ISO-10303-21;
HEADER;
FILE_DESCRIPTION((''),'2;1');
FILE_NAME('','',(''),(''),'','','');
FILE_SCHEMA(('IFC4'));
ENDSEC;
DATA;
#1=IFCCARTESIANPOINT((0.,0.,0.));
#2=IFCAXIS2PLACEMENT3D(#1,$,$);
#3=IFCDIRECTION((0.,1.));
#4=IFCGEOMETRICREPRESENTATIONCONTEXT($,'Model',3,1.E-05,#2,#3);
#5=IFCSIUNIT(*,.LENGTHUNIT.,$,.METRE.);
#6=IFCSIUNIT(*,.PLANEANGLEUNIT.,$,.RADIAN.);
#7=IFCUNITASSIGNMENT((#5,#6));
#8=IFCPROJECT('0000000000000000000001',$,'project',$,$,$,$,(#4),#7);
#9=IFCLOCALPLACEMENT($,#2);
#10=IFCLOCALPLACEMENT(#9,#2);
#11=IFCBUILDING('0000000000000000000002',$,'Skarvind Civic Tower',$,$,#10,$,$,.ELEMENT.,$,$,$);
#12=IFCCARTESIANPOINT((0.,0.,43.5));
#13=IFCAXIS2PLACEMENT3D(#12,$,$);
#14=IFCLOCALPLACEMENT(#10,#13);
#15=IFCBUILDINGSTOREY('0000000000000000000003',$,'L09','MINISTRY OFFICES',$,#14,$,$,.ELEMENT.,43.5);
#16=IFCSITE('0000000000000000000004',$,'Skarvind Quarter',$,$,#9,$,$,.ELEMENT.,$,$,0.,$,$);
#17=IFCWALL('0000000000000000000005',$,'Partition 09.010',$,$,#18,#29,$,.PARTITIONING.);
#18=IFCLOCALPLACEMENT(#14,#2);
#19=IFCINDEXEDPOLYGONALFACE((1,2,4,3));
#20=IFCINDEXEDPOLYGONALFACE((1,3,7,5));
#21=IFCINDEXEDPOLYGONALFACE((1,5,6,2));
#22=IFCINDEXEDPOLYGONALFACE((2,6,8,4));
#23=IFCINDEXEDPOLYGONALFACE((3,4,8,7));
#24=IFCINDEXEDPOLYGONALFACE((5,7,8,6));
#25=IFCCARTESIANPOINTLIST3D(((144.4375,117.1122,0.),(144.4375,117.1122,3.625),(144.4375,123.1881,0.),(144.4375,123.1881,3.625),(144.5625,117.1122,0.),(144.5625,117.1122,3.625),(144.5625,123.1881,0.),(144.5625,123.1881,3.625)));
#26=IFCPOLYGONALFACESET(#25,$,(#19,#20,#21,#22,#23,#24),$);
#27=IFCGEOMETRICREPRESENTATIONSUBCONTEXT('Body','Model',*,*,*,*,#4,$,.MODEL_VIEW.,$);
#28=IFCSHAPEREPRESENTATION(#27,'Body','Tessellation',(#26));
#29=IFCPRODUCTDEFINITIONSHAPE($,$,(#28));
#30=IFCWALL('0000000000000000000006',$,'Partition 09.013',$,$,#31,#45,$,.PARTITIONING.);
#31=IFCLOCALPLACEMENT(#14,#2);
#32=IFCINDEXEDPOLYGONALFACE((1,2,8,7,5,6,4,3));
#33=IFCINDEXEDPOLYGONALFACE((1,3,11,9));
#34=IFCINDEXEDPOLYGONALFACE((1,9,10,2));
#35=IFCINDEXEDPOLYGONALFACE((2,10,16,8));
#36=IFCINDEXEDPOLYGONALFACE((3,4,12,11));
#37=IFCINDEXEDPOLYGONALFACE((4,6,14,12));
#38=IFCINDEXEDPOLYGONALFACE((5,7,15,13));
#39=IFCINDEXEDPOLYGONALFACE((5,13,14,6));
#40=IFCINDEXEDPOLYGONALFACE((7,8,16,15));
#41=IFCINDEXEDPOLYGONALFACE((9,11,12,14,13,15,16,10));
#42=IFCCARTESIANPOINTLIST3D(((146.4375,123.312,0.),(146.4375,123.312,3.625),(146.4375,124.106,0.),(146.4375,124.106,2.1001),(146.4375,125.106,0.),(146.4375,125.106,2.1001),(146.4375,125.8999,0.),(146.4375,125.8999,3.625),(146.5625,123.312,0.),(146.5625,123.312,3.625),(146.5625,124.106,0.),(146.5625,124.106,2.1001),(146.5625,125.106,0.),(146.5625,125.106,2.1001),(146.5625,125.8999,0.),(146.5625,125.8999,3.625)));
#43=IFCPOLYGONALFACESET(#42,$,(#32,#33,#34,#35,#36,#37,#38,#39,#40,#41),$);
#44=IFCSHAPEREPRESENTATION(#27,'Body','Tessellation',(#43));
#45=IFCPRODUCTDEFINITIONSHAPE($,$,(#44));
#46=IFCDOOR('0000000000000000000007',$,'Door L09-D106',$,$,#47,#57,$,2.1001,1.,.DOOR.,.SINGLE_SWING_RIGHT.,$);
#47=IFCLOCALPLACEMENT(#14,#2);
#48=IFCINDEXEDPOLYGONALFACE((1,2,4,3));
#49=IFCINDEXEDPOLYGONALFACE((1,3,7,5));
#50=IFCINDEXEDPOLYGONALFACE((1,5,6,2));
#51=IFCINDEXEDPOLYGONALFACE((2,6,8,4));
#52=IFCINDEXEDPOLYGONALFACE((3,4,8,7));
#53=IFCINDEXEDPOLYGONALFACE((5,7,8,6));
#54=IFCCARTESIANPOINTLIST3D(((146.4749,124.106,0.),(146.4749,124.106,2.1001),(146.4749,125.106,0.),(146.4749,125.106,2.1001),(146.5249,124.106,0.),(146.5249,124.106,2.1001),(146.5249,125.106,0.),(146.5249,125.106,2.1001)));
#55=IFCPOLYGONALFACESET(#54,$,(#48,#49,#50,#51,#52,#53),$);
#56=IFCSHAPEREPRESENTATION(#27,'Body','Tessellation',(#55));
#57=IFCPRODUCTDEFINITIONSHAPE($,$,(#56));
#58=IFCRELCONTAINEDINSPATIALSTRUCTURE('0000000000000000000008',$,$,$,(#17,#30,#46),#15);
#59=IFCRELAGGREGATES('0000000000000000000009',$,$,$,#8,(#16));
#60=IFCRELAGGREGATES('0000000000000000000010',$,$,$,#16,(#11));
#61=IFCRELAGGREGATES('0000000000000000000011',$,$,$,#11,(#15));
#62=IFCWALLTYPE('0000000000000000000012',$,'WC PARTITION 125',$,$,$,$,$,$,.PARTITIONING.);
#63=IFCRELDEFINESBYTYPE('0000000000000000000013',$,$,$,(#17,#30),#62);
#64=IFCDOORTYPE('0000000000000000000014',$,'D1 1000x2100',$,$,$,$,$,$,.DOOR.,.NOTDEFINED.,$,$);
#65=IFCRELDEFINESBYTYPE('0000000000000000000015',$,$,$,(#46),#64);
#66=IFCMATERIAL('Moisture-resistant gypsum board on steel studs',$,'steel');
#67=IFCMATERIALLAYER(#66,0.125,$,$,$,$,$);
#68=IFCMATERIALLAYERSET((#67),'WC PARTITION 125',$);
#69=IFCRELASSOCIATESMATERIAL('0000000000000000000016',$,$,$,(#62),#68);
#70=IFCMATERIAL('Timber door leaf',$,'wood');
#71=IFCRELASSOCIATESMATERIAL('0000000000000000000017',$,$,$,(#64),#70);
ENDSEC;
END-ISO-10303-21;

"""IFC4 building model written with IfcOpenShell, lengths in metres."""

from ifc_helpers import new_model, si_unit, direction, frame, frame_2d, origin, place, context, subcontext, project, spatial, rectangle, extrude, material, layer, layer_set, type_object, element, fill, save


model = new_model("IFC4")

# Units and contexts
model_context = context("Model", 3, precision=1e-05, world=origin(), true_north=direction((0.0, 1.0)))
body_context = subcontext(model_context, "Body", "Model", "MODEL_VIEW")
ifc_project = project(units=[si_unit("LENGTHUNIT", "METRE"), si_unit("PLANEANGLEUNIT", "RADIAN")], contexts=[model_context])

# Site, building, storey
site_placement = place(None, origin())
site = spatial("IfcSite", under=ifc_project, at=site_placement, Name="Skarvind Quarter", CompositionType="ELEMENT", RefElevation=0.0)
building_placement = place(site_placement, origin())
building = spatial("IfcBuilding", under=site, at=building_placement, Name="Skarvind Civic Tower", CompositionType="ELEMENT")
storey_placement = place(building_placement, frame((0.0, 0.0, 43.5)))
storey = spatial("IfcBuildingStorey", under=building, at=storey_placement, Name="L09", Description="MINISTRY OFFICES", CompositionType="ELEMENT", Elevation=43.5)

# Shared definitions
ifc_material_1 = material(Name="Moisture-resistant gypsum board on steel studs", Category="steel")
ifc_layer_1 = layer(ifc_material_1, 0.125)
ifc_layer_set_1 = layer_set([ifc_layer_1], Name="WC PARTITION 125")
wall_type_1 = type_object("IfcWallType", Name="WC PARTITION 125", PredefinedType="PARTITIONING", material=ifc_layer_set_1)

# Shared definitions
ifc_material_2 = material(Name="Timber door leaf", Category="wood")

# Wall
wall_1_placement = place(storey_placement, frame((144.5, 117.1121, 0.0), z_axis=(0.0, 0.0, 1.0), x_axis=(0.0, 1.0, 0.0)))
element("IfcWall", 1, at=wall_1_placement, inside=storey, type_object=wall_type_1, Name="Partition 09.010", PredefinedType="PARTITIONING", context=body_context, shape_type="SweptSolid", body=[
    extrude(rectangle(XDim=6.0759, YDim=0.125, at=frame_2d((3.0381, 0.0))), origin(), (0.0, 0.0, 1.0), 3.625),
])

# Wall, opening, door
wall_2_placement = place(storey_placement, frame((146.5, 125.8999, 0.0), z_axis=(0.0, 0.0, 1.0), x_axis=(0.0, -1.0, 0.0)))
wall_2 = element("IfcWall", 2, at=wall_2_placement, inside=storey, type_object=wall_type_1, Name="Partition 09.013", PredefinedType="PARTITIONING", context=body_context, shape_type="SweptSolid", body=[
    extrude(rectangle(XDim=2.5879, YDim=0.125, at=frame_2d((1.2939, 0.0))), origin(), (0.0, 0.0, 1.0), 3.625),
])
opening_1_placement = place(wall_2_placement, frame((0.7939, 0.0, 0.0)))
opening_1 = element("IfcOpeningElement", 3, at=opening_1_placement, cuts=wall_2, PredefinedType="OPENING", context=body_context, shape_type="SweptSolid", body=[
    extrude(rectangle(XDim=1.0, YDim=2.1001, at=frame_2d((0.5, 1.05))), frame((0.0, 0.0725, 0.0), z_axis=(0.0, -1.0, 0.0), x_axis=(1.0, 0.0, 0.0)), (0.0, 0.0, 1.0), 0.145),
])
door_type_1 = type_object("IfcDoorType", Name="D1 1000x2100", OperationType="NOTDEFINED", PredefinedType="DOOR", material=ifc_material_2)
door_1_placement = place(opening_1_placement, origin())
door_1 = element("IfcDoor", 4, at=door_1_placement, inside=storey, type_object=door_type_1, Name="Door L09-D106", OperationType="SINGLE_SWING_RIGHT", OverallHeight=2.1001, OverallWidth=1.0, PredefinedType="DOOR", context=body_context, shape_type="SweptSolid", body=[
    extrude(rectangle(XDim=1.0, YDim=2.1001, at=frame_2d((0.5, 1.05))), frame((0.0, 0.0249, 0.0), z_axis=(0.0, -1.0, 0.0), x_axis=(1.0, 0.0, 0.0)), (0.0, 0.0, 1.0), 0.05),
])
fill(opening_1, door_1)

save(model, "model.ifc")
